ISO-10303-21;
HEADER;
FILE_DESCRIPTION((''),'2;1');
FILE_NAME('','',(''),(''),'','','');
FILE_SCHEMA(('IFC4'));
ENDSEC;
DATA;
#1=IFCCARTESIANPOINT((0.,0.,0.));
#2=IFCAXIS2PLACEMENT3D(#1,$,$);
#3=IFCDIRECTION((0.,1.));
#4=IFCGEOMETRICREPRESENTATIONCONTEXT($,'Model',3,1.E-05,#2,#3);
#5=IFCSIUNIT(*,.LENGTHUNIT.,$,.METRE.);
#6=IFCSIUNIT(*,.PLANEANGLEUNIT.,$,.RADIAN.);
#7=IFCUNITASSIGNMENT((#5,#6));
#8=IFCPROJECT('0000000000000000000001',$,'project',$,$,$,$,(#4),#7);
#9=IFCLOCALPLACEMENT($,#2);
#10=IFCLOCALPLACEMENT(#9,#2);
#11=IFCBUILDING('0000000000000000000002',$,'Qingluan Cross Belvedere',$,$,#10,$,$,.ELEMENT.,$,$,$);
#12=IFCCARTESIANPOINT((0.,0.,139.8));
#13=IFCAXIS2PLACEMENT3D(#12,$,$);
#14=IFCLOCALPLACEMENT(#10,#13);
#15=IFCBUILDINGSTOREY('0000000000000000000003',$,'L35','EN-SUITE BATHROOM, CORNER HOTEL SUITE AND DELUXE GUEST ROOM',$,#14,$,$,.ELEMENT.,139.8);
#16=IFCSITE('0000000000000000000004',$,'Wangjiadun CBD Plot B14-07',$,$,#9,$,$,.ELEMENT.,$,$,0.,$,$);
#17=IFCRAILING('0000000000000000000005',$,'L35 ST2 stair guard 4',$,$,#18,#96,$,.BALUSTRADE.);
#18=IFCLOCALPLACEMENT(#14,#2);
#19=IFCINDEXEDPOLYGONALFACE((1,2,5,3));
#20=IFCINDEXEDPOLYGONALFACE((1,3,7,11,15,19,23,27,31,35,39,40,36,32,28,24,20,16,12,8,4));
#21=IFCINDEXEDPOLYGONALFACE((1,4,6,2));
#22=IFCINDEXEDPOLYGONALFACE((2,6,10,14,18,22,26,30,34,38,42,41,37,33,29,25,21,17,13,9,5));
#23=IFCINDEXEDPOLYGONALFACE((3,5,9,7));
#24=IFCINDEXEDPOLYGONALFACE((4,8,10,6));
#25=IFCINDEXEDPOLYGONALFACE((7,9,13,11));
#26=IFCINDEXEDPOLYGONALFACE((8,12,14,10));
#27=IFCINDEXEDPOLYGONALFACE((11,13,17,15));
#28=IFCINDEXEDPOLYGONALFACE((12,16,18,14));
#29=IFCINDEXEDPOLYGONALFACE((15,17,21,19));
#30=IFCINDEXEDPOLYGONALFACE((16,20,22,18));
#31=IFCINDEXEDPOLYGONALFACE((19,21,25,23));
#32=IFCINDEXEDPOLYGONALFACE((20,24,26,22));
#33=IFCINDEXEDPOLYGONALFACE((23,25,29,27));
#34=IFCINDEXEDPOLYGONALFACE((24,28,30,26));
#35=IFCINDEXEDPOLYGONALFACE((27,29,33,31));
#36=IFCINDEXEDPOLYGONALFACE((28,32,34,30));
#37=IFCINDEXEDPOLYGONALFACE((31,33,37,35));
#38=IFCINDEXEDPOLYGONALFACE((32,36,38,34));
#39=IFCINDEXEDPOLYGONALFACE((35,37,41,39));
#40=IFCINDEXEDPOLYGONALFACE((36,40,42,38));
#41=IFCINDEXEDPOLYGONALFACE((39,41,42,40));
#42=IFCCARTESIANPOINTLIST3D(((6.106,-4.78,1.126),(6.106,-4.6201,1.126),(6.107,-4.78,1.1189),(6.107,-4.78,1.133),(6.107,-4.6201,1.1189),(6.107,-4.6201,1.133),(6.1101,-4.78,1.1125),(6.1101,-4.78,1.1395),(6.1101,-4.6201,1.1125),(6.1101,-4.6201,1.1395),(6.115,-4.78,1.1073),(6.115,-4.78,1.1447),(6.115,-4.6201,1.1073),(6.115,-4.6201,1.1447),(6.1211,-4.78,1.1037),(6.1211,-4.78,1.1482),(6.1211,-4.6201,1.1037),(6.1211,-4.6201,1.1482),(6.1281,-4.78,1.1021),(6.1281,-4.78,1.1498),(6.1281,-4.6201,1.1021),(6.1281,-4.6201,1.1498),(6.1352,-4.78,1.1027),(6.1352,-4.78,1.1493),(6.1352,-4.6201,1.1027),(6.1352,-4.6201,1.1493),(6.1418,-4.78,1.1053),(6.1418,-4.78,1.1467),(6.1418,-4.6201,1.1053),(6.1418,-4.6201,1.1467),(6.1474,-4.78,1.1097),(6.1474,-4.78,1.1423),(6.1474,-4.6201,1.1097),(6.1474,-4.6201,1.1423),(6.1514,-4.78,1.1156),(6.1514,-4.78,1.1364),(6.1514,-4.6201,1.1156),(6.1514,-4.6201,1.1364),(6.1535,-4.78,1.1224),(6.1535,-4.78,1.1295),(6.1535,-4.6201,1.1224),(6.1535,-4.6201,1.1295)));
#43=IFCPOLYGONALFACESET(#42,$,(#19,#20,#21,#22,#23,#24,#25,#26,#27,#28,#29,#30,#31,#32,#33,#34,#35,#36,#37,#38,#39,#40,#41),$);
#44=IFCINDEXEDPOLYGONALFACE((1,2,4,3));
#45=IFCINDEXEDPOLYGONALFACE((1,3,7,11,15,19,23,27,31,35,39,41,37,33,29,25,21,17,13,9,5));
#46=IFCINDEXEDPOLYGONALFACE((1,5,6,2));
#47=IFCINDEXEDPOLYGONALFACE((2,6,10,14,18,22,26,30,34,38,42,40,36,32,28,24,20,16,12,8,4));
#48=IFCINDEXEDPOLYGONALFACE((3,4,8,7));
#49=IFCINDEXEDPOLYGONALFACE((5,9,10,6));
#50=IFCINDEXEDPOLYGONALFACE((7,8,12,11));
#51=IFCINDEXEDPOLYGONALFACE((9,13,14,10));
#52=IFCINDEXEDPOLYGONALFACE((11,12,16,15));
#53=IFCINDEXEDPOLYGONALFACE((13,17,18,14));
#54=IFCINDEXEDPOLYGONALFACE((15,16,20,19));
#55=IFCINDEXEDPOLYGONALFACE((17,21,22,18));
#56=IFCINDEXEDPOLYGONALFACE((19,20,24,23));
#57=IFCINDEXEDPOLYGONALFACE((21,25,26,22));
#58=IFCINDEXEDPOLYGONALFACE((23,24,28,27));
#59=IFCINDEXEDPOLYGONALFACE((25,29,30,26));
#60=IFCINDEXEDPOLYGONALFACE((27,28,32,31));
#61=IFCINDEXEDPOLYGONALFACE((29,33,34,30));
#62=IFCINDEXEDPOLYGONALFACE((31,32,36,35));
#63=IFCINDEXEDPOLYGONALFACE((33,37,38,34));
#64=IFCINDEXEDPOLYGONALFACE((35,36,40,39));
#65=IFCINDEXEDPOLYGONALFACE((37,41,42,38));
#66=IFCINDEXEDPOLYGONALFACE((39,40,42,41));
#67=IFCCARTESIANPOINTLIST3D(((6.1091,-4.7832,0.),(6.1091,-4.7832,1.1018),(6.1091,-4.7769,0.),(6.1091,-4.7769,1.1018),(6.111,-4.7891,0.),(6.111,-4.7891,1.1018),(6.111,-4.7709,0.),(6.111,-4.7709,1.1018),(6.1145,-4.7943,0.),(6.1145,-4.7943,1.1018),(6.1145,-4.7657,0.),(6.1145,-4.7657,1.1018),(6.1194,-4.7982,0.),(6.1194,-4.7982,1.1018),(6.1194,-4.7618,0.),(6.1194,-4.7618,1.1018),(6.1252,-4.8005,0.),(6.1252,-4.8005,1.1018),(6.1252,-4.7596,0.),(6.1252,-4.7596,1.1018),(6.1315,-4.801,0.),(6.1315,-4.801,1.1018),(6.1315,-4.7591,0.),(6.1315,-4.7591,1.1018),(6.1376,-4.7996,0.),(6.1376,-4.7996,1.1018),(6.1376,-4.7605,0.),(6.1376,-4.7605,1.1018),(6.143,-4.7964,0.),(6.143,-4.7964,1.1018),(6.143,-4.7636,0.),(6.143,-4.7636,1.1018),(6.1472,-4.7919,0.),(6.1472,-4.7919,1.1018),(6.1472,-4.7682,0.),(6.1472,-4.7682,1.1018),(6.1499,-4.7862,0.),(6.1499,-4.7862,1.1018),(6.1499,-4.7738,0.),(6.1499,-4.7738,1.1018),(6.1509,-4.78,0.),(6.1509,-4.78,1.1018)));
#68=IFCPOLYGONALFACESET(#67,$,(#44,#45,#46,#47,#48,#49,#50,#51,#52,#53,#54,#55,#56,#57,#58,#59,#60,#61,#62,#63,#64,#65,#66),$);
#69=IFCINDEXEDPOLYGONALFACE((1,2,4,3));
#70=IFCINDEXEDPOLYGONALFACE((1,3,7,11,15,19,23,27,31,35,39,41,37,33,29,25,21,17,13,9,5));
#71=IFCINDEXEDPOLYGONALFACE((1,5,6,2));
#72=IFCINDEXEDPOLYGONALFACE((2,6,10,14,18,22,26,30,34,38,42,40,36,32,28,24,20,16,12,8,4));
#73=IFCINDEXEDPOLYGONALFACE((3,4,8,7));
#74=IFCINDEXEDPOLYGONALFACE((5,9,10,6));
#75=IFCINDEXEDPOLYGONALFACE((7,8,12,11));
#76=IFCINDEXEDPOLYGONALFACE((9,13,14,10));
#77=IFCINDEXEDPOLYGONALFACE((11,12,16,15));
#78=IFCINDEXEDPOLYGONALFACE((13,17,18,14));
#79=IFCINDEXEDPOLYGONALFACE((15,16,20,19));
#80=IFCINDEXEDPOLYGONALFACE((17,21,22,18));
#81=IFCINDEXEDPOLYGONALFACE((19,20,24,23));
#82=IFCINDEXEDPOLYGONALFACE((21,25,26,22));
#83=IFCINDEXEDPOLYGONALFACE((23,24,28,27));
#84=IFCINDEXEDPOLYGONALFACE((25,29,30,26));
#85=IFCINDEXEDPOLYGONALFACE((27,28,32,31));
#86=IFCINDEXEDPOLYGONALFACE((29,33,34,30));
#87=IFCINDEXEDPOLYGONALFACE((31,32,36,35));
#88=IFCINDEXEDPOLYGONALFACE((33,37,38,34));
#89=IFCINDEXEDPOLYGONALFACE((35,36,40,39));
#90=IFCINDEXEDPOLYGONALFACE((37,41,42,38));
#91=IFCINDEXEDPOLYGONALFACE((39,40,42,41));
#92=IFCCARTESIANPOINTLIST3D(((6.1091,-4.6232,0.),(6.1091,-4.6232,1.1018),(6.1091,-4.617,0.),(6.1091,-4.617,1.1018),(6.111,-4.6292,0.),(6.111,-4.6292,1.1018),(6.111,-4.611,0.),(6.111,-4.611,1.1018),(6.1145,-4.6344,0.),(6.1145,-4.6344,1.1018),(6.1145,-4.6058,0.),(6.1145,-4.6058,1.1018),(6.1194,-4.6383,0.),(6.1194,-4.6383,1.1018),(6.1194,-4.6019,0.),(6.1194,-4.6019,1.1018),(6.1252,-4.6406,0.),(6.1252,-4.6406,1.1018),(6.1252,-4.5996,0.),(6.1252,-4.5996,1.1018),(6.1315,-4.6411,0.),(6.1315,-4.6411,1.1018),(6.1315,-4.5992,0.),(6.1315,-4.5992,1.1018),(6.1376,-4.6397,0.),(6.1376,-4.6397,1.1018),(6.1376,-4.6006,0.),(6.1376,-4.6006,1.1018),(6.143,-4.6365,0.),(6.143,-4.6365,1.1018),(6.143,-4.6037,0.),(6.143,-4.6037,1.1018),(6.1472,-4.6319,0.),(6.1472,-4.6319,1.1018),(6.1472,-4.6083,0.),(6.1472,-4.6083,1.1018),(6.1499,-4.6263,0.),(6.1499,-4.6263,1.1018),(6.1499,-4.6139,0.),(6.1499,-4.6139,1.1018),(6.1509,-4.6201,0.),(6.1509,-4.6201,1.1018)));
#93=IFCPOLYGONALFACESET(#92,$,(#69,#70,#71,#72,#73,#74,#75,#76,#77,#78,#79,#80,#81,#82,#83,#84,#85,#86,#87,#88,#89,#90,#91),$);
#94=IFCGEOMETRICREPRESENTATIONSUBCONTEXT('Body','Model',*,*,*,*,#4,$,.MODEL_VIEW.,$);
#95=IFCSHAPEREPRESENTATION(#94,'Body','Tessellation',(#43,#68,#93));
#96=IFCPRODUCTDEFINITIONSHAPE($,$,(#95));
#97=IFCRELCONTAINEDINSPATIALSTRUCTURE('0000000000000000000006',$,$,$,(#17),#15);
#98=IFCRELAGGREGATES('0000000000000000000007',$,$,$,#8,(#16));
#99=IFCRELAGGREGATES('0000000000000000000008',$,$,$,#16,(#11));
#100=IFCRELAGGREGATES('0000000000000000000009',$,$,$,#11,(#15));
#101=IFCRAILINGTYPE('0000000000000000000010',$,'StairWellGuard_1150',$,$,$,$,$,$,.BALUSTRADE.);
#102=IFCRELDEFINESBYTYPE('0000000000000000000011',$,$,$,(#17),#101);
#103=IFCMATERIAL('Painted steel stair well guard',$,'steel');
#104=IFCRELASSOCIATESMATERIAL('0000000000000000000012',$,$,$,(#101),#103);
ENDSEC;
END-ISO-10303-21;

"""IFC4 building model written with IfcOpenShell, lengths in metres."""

from ifc_helpers import new_model, si_unit, direction, frame, origin, origin_2d, place, context, subcontext, project, spatial, circle, extrude, material, type_object, element, save


model = new_model("IFC4")

# Units and contexts
model_context = context("Model", 3, precision=1e-05, world=origin(), true_north=direction((0.0, 1.0)))
body_context = subcontext(model_context, "Body", "Model", "MODEL_VIEW")
ifc_project = project(units=[si_unit("LENGTHUNIT", "METRE"), si_unit("PLANEANGLEUNIT", "RADIAN")], contexts=[model_context])

# Site, building, storey
site_placement = place(None, origin())
site = spatial("IfcSite", under=ifc_project, at=site_placement, Name="Wangjiadun CBD Plot B14-07", CompositionType="ELEMENT", RefElevation=0.0)
building_placement = place(site_placement, origin())
building = spatial("IfcBuilding", under=site, at=building_placement, Name="Qingluan Cross Belvedere", CompositionType="ELEMENT")
storey_placement = place(building_placement, frame((0.0, 0.0, 139.8)))
storey = spatial("IfcBuildingStorey", under=building, at=storey_placement, Name="L35", Description="EN-SUITE BATHROOM, CORNER HOTEL SUITE AND DELUXE GUEST ROOM", CompositionType="ELEMENT", Elevation=139.8)

# Railing
ifc_material_1 = material(Name="Painted steel stair well guard", Category="steel")
railing_type_1 = type_object("IfcRailingType", Name="StairWellGuard_1150", PredefinedType="BALUSTRADE", material=ifc_material_1)
railing_1_placement = place(storey_placement, frame((6.1299, -4.78, 0.0)))
element("IfcRailing", 1, at=railing_1_placement, inside=storey, type_object=railing_type_1, Name="L35 ST2 stair guard 4", PredefinedType="BALUSTRADE", context=body_context, shape_type="SweptSolid", body=[
    extrude(circle(Radius=0.0239, at=origin_2d()), frame((0.0, 0.0, 1.126), z_axis=(0.0, 1.0, 0.0), x_axis=(-1.0, 0.0, 0.0)), (0.0, 0.0, 1.0), 0.1599),
    extrude(circle(Radius=0.021, at=origin_2d()), origin(), (0.0, 0.0, 1.0), 1.1018),
    extrude(circle(Radius=0.021, at=origin_2d()), frame((0.0, 0.1599, 0.0)), (0.0, 0.0, 1.0), 1.1018),
])

save(model, "model.ifc")
